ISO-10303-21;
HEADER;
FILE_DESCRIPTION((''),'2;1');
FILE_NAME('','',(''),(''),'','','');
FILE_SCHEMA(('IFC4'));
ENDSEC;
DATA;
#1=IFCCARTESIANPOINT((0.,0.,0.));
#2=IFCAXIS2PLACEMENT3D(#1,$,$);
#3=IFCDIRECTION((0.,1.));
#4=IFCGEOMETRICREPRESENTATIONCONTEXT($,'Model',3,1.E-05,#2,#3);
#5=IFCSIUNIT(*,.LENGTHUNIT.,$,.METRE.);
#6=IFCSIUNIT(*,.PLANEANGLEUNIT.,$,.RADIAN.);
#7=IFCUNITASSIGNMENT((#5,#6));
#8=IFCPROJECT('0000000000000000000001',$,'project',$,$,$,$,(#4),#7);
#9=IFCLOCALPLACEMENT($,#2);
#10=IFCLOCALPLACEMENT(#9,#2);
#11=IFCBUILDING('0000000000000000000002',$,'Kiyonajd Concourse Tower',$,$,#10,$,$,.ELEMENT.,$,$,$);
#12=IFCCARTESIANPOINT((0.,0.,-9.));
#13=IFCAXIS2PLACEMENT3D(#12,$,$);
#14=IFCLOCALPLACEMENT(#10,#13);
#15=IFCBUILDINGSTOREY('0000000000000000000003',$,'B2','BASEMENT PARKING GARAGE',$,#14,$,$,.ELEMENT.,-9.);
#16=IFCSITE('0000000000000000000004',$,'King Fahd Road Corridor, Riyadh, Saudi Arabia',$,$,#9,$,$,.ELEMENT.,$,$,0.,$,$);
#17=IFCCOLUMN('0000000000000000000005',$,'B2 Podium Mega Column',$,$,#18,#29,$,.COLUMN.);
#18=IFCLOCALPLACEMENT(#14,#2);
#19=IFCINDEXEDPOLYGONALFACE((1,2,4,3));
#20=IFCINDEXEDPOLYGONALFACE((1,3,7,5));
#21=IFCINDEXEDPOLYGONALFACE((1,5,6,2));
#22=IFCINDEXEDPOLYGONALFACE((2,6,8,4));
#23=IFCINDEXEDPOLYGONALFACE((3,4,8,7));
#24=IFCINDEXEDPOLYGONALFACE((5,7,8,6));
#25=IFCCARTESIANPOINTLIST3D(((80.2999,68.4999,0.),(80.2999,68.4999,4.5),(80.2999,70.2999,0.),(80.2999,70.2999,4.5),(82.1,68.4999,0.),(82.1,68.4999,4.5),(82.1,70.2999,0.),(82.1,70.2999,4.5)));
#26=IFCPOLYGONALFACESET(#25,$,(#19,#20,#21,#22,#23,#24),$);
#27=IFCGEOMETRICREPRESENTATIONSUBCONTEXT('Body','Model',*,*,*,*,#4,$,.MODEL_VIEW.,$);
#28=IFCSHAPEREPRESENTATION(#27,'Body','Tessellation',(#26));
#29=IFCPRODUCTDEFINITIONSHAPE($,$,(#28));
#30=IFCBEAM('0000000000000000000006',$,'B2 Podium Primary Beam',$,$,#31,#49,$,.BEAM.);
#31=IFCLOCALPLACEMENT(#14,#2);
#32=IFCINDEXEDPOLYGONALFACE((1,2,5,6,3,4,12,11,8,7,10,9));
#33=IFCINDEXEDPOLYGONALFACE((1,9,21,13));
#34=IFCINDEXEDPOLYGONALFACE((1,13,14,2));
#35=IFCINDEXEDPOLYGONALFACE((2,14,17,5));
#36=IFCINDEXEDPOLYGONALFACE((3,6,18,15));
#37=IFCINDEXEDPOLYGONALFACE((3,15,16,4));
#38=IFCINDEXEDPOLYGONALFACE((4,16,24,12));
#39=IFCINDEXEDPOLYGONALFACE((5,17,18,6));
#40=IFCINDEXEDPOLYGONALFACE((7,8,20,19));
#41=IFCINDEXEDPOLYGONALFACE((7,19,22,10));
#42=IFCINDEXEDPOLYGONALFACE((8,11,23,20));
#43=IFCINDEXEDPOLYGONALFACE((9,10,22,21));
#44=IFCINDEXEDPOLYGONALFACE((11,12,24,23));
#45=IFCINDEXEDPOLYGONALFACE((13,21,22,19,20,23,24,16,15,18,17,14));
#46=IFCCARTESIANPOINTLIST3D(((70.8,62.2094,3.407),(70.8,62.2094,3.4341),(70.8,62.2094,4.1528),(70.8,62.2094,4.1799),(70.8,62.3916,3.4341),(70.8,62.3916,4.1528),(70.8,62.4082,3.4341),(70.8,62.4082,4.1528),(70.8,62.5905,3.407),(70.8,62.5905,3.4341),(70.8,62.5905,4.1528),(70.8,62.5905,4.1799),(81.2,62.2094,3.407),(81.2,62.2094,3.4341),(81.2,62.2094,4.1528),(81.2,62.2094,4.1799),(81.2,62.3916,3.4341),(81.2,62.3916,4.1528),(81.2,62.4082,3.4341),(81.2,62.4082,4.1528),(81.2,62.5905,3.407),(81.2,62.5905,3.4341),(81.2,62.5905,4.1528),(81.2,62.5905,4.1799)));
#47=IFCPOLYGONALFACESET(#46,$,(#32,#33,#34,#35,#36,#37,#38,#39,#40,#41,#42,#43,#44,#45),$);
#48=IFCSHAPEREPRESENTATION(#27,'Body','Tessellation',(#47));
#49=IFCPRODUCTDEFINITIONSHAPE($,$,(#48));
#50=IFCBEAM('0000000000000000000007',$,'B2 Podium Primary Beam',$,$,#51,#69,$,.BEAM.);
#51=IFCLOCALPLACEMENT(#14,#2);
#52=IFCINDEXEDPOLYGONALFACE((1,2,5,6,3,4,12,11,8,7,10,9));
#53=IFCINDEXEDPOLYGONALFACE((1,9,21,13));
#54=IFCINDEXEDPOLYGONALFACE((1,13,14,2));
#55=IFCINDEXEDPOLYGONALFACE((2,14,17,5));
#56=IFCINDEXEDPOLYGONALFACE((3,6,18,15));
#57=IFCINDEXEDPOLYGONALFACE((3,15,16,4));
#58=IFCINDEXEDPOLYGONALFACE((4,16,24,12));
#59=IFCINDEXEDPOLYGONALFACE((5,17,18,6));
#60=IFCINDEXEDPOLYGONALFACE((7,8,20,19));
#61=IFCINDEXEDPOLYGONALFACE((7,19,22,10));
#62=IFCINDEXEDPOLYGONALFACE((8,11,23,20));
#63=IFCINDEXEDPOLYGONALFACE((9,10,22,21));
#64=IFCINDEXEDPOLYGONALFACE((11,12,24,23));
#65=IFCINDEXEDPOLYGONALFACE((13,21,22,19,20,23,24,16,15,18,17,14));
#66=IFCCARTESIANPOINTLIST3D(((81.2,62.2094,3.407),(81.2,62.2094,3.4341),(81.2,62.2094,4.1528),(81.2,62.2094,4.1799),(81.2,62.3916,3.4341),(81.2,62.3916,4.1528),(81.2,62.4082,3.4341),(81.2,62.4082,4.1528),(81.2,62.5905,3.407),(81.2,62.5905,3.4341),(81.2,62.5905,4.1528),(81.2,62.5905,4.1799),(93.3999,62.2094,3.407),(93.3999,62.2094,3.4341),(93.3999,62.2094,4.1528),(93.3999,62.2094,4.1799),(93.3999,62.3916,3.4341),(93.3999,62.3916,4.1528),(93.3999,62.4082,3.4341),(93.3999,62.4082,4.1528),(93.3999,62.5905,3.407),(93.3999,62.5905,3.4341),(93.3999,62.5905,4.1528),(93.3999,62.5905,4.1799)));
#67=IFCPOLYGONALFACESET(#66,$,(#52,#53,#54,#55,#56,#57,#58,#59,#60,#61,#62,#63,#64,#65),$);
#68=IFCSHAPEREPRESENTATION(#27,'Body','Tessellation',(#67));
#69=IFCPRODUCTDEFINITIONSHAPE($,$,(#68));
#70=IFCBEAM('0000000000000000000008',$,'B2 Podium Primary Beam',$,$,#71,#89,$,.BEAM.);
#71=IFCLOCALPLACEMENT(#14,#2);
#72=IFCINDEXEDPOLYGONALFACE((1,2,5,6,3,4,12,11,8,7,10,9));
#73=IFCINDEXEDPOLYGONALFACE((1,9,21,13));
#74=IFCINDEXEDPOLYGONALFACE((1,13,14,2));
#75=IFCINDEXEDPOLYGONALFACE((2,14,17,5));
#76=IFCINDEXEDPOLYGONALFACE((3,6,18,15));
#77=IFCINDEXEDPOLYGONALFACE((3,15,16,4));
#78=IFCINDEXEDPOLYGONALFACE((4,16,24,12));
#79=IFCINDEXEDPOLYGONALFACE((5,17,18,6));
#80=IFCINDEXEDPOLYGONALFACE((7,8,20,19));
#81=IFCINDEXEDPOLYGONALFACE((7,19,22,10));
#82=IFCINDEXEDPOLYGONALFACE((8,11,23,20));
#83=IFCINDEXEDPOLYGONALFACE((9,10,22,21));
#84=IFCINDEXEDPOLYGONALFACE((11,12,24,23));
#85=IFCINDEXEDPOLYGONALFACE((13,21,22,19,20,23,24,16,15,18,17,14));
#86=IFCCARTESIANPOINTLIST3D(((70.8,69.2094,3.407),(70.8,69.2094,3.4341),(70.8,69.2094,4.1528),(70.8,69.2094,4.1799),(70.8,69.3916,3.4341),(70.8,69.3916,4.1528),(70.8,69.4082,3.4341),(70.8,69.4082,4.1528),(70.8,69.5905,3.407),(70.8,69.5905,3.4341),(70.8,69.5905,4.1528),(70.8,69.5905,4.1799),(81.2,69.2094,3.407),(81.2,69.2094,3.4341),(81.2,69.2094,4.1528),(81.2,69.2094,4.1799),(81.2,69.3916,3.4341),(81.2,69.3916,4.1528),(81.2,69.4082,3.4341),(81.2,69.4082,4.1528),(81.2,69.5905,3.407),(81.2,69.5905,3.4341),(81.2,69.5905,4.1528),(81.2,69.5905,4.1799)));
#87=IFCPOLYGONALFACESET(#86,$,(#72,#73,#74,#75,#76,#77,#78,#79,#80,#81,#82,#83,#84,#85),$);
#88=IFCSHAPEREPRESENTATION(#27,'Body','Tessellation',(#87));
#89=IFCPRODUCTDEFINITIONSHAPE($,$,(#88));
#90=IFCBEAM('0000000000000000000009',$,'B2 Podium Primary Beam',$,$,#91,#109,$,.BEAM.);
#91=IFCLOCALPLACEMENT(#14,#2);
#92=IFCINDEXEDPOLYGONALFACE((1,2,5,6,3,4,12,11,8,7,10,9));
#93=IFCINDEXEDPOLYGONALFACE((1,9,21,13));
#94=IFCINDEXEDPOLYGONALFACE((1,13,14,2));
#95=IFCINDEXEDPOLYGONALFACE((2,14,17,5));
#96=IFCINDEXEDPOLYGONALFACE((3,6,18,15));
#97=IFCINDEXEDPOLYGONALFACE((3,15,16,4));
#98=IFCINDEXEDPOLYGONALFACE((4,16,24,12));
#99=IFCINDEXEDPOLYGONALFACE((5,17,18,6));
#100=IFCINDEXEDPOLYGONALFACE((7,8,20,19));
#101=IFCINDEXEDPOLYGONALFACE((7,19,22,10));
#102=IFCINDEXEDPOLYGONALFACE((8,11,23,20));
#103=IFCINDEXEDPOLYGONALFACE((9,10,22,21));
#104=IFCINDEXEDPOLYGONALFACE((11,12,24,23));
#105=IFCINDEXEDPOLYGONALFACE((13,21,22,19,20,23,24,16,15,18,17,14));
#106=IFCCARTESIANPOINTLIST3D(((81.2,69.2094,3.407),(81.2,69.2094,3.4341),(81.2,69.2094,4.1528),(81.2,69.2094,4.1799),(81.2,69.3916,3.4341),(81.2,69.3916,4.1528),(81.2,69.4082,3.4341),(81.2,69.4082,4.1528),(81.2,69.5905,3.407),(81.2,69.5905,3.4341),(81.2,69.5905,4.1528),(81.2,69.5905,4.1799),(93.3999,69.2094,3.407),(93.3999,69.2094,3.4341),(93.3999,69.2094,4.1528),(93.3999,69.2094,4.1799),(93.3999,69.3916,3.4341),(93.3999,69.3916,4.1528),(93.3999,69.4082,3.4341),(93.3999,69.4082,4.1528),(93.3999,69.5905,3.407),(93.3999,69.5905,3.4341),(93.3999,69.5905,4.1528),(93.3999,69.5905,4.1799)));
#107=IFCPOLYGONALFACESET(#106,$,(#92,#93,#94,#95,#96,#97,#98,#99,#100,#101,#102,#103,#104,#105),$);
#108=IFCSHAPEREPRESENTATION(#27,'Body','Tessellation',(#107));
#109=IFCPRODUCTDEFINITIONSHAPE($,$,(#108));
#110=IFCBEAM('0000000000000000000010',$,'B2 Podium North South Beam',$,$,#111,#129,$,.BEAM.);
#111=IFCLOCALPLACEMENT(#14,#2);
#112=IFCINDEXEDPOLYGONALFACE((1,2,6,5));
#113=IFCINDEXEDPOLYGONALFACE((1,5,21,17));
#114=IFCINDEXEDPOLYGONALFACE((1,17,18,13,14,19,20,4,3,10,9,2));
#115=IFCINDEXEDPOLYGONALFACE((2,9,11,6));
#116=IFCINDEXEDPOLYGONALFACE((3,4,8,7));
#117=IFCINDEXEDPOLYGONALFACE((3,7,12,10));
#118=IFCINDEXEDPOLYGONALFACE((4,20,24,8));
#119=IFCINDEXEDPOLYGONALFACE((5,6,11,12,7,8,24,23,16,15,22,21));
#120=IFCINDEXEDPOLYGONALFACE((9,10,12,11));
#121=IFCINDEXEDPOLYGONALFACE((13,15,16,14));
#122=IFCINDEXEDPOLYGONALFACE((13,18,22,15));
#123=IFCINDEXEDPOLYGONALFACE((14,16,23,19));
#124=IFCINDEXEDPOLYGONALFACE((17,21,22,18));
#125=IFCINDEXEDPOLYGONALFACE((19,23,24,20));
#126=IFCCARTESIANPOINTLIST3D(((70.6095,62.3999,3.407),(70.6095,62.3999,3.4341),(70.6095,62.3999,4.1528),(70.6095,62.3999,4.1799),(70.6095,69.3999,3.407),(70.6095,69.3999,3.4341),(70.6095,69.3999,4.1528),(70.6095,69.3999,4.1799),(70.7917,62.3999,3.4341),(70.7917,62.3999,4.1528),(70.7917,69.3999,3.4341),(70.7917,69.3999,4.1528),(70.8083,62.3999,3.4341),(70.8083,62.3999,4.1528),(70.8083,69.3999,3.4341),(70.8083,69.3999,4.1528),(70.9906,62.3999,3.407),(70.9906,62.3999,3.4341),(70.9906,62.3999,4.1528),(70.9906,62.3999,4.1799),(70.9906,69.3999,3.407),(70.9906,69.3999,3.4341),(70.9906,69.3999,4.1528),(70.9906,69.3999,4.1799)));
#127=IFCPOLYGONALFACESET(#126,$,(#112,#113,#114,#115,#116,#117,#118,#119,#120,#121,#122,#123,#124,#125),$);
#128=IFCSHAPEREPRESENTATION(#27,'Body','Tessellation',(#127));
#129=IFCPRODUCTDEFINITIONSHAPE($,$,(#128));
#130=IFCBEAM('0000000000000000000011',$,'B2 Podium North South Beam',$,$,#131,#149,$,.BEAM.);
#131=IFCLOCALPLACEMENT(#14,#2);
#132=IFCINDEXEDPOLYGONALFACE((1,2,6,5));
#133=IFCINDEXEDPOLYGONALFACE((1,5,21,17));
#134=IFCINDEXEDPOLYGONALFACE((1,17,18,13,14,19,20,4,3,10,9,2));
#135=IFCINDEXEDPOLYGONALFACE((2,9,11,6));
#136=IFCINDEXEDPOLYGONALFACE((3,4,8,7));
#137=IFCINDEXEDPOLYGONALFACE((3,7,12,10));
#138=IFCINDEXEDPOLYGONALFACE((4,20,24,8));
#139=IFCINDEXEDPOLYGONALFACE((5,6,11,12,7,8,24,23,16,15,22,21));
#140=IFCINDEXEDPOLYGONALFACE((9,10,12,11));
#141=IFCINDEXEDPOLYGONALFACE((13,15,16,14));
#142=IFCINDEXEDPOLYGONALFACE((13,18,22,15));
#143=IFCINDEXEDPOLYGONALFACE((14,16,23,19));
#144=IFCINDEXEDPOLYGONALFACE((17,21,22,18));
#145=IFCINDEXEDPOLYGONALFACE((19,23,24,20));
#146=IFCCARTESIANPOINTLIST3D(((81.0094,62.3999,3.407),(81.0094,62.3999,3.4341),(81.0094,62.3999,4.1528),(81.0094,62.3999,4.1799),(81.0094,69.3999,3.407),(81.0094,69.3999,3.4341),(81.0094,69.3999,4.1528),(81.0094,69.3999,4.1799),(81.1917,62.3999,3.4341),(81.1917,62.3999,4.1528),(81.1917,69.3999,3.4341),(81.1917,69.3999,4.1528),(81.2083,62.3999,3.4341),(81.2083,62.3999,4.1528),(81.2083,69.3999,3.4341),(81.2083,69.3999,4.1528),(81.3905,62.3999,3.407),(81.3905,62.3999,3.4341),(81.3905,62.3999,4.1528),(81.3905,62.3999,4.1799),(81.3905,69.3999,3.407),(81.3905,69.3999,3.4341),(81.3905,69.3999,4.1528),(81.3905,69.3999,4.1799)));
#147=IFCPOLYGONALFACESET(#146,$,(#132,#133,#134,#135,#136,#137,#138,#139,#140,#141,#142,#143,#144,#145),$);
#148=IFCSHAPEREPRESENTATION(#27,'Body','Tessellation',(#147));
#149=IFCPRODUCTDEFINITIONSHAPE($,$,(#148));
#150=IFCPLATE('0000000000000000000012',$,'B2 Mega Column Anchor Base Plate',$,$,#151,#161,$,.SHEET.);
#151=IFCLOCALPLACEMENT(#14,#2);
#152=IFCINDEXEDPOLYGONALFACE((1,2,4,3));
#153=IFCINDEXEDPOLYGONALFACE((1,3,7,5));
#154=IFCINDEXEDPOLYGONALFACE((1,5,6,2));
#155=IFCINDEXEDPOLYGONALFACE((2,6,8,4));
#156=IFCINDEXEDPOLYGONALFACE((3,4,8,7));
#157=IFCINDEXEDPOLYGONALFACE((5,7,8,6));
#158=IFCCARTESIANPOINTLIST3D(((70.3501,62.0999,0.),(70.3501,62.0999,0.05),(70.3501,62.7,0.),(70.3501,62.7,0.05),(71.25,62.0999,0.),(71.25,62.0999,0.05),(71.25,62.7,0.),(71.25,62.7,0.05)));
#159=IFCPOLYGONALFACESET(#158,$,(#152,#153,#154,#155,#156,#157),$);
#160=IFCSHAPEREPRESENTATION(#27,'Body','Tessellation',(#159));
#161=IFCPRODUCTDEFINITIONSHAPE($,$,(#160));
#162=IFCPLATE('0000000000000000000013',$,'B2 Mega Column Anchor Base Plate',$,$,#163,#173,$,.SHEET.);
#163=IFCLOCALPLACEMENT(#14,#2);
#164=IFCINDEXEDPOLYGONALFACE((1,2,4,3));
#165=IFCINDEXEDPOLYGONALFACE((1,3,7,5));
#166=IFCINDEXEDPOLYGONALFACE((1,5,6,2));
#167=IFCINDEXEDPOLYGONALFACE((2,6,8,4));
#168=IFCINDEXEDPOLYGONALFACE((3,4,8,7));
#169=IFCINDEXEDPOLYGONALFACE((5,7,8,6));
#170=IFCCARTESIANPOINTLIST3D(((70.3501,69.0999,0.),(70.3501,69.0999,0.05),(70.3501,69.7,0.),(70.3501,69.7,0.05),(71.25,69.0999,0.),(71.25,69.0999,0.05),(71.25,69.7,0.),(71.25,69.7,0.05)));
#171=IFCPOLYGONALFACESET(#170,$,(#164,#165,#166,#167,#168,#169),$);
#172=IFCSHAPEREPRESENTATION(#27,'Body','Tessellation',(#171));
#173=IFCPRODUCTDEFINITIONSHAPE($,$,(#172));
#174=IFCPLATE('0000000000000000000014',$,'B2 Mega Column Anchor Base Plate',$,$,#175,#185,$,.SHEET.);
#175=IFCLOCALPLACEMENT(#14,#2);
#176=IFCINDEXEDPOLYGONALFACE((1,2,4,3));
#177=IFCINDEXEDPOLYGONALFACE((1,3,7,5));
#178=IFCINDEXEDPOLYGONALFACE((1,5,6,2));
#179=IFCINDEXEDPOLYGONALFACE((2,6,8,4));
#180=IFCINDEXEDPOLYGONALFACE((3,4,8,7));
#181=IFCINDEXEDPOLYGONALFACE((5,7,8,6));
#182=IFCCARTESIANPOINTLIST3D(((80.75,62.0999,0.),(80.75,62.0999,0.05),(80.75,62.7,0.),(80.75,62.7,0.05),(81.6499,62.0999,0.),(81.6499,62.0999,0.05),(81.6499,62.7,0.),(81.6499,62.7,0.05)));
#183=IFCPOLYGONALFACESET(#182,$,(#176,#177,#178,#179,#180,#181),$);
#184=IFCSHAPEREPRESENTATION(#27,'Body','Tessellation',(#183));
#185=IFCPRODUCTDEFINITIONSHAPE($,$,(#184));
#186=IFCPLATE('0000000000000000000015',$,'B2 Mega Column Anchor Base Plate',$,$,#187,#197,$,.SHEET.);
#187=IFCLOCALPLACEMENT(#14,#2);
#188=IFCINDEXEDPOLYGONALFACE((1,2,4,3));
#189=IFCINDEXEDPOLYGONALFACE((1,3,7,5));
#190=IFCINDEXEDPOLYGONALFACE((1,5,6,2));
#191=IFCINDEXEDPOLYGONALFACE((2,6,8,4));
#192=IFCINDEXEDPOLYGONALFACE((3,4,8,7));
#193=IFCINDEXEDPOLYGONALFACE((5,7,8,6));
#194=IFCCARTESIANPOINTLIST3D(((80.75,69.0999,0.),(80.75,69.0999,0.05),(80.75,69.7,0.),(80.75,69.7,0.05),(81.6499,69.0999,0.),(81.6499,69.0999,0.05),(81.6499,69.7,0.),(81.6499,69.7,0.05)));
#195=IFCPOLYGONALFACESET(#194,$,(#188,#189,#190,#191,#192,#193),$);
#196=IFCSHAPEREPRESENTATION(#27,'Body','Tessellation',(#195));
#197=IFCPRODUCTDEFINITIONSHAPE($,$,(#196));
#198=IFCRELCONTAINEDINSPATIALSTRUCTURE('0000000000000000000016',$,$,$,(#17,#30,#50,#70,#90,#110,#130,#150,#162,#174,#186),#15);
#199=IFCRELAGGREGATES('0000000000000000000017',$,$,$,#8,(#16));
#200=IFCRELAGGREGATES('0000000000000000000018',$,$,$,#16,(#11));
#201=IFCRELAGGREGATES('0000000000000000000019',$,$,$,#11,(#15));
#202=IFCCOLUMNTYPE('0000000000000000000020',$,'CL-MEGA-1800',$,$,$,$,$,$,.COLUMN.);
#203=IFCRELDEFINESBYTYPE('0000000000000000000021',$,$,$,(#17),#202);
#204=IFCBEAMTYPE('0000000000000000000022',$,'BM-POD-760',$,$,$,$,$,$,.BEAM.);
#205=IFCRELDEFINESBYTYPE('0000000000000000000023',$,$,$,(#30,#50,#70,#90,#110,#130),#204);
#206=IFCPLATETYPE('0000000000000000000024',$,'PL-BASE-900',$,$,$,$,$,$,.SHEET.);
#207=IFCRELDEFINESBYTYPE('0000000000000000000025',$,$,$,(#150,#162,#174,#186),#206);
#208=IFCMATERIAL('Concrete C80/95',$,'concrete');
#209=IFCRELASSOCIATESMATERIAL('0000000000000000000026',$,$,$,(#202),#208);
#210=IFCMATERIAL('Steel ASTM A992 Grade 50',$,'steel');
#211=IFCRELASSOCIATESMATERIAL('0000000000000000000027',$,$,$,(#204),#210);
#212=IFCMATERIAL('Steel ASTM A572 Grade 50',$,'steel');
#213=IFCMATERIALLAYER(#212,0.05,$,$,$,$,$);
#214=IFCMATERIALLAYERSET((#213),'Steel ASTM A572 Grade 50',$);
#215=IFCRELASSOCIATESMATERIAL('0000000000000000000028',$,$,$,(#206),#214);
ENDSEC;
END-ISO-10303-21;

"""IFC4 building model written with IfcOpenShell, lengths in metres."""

from ifc_helpers import new_model, si_unit, direction, frame, origin, origin_2d, place, context, subcontext, project, spatial, rectangle, i_section, extrude, material, layer, layer_set, material_profile, profile_set, type_object, element, save


model = new_model("IFC4")

# Units and contexts
model_context = context("Model", 3, precision=1e-05, world=origin(), true_north=direction((0.0, 1.0)))
body_context = subcontext(model_context, "Body", "Model", "MODEL_VIEW")
ifc_project = project(units=[si_unit("LENGTHUNIT", "METRE"), si_unit("PLANEANGLEUNIT", "RADIAN")], contexts=[model_context])

# Site, building, storey
site_placement = place(None, origin())
site = spatial("IfcSite", under=ifc_project, at=site_placement, Name="King Fahd Road Corridor, Riyadh, Saudi Arabia", CompositionType="ELEMENT", RefElevation=0.0)
building_placement = place(site_placement, origin())
building = spatial("IfcBuilding", under=site, at=building_placement, Name="Kiyonajd Concourse Tower", CompositionType="ELEMENT")
storey_placement = place(building_placement, frame((0.0, 0.0, -9.0)))
storey = spatial("IfcBuildingStorey", under=building, at=storey_placement, Name="B2", Description="BASEMENT PARKING GARAGE", CompositionType="ELEMENT", Elevation=-9.0)

# Column
ifc_material_1 = material(Name="Concrete C80/95", Category="concrete")
ifc_material_profile_1 = material_profile(ifc_material_1, rectangle(XDim=1.8, YDim=1.8, at=origin_2d()), Name="RC-1800x1800")
ifc_profile_set_1 = profile_set([ifc_material_profile_1], Name="Concrete C80/95")
column_type = type_object("IfcColumnType", Name="CL-MEGA-1800", PredefinedType="COLUMN", material=ifc_profile_set_1)
for number, where, z_axis, x_axis, name in (
    (1, (81.2, 69.3999, 0.0), (0.0, 0.0, 1.0), (1.0, 0.0, 0.0), "B2 Podium Mega Column"),
):
    element("IfcColumn", number, at=place(storey_placement, frame(where, z_axis=z_axis, x_axis=x_axis)), inside=storey, type_object=column_type, Name=name, PredefinedType="COLUMN", context=body_context, shape_type="SweptSolid", body=[
        extrude(rectangle(XDim=1.8, YDim=1.8, at=origin_2d()), origin(), (0.0, 0.0, 1.0), 4.5),
    ])

# Beams
ifc_material_2 = material(Name="Steel ASTM A992 Grade 50", Category="steel")
ifc_material_profile_2 = material_profile(ifc_material_2, i_section(OverallWidth=0.3811, OverallDepth=0.7729, WebThickness=0.0166, FlangeThickness=0.0271, at=origin_2d()), Name="W760X257")
ifc_profile_set_2 = profile_set([ifc_material_profile_2], Name="Steel ASTM A992 Grade 50")
beam_type = type_object("IfcBeamType", Name="BM-POD-760", PredefinedType="BEAM", material=ifc_profile_set_2)
beam_1_placement = place(storey_placement, frame((70.8, 62.3999, 3.7935), z_axis=(1.0, 0.0, 0.0), x_axis=(0.0, 1.0, 0.0)))
element("IfcBeam", 2, at=beam_1_placement, inside=storey, type_object=beam_type, Name="B2 Podium Primary Beam", PredefinedType="BEAM", context=body_context, shape_type="SweptSolid", body=[
    extrude(i_section(OverallWidth=0.3811, OverallDepth=0.7729, WebThickness=0.0166, FlangeThickness=0.0271, at=origin_2d()), origin(), (0.0, 0.0, 1.0), 10.3999),
])
beam_2_placement = place(storey_placement, frame((81.2, 62.3999, 3.7935), z_axis=(1.0, 0.0, 0.0), x_axis=(0.0, 1.0, 0.0)))
element("IfcBeam", 3, at=beam_2_placement, inside=storey, type_object=beam_type, Name="B2 Podium Primary Beam", PredefinedType="BEAM", context=body_context, shape_type="SweptSolid", body=[
    extrude(i_section(OverallWidth=0.3811, OverallDepth=0.7729, WebThickness=0.0166, FlangeThickness=0.0271, at=origin_2d()), origin(), (0.0, 0.0, 1.0), 12.2),
])
beam_3_placement = place(storey_placement, frame((70.8, 69.3999, 3.7935), z_axis=(1.0, 0.0, 0.0), x_axis=(0.0, 1.0, 0.0)))
element("IfcBeam", 4, at=beam_3_placement, inside=storey, type_object=beam_type, Name="B2 Podium Primary Beam", PredefinedType="BEAM", context=body_context, shape_type="SweptSolid", body=[
    extrude(i_section(OverallWidth=0.3811, OverallDepth=0.7729, WebThickness=0.0166, FlangeThickness=0.0271, at=origin_2d()), origin(), (0.0, 0.0, 1.0), 10.3999),
])
beam_4_placement = place(storey_placement, frame((81.2, 69.3999, 3.7935), z_axis=(1.0, 0.0, 0.0), x_axis=(0.0, 1.0, 0.0)))
element("IfcBeam", 5, at=beam_4_placement, inside=storey, type_object=beam_type, Name="B2 Podium Primary Beam", PredefinedType="BEAM", context=body_context, shape_type="SweptSolid", body=[
    extrude(i_section(OverallWidth=0.3811, OverallDepth=0.7729, WebThickness=0.0166, FlangeThickness=0.0271, at=origin_2d()), origin(), (0.0, 0.0, 1.0), 12.2),
])
for number, where, z_axis, x_axis, name in (
    (6, (70.8, 62.3999, 3.7935), (0.0, 1.0, 0.0), (-1.0, 0.0, 0.0), "B2 Podium North South Beam"),
    (7, (81.2, 62.3999, 3.7935), (0.0, 1.0, 0.0), (-1.0, 0.0, 0.0), "B2 Podium North South Beam"),
):
    element("IfcBeam", number, at=place(storey_placement, frame(where, z_axis=z_axis, x_axis=x_axis)), inside=storey, type_object=beam_type, Name=name, PredefinedType="BEAM", context=body_context, shape_type="SweptSolid", body=[
        extrude(i_section(OverallWidth=0.3811, OverallDepth=0.7729, WebThickness=0.0166, FlangeThickness=0.0271, at=origin_2d()), origin(), (0.0, 0.0, 1.0), 7.0),
    ])

# Plates
ifc_material_3 = material(Name="Steel ASTM A572 Grade 50", Category="steel")
ifc_layer = layer(ifc_material_3, 0.05)
ifc_layer_set = layer_set([ifc_layer], Name="Steel ASTM A572 Grade 50")
plate_type = type_object("IfcPlateType", Name="PL-BASE-900", PredefinedType="SHEET", material=ifc_layer_set)
for number, where, z_axis, x_axis, name in (
    (8, (70.8, 62.3999, 0.0), (0.0, 0.0, 1.0), (1.0, 0.0, 0.0), "B2 Mega Column Anchor Base Plate"),
    (9, (70.8, 69.3999, 0.0), (0.0, 0.0, 1.0), (1.0, 0.0, 0.0), "B2 Mega Column Anchor Base Plate"),
    (10, (81.2, 62.3999, 0.0), (0.0, 0.0, 1.0), (1.0, 0.0, 0.0), "B2 Mega Column Anchor Base Plate"),
    (11, (81.2, 69.3999, 0.0), (0.0, 0.0, 1.0), (1.0, 0.0, 0.0), "B2 Mega Column Anchor Base Plate"),
):
    element("IfcPlate", number, at=place(storey_placement, frame(where, z_axis=z_axis, x_axis=x_axis)), inside=storey, type_object=plate_type, Name=name, PredefinedType="SHEET", context=body_context, shape_type="SweptSolid", body=[
        extrude(rectangle(XDim=0.8999, YDim=0.6001, at=origin_2d()), origin(), (0.0, 0.0, 1.0), 0.05),
    ])

save(model, "model.ifc")
